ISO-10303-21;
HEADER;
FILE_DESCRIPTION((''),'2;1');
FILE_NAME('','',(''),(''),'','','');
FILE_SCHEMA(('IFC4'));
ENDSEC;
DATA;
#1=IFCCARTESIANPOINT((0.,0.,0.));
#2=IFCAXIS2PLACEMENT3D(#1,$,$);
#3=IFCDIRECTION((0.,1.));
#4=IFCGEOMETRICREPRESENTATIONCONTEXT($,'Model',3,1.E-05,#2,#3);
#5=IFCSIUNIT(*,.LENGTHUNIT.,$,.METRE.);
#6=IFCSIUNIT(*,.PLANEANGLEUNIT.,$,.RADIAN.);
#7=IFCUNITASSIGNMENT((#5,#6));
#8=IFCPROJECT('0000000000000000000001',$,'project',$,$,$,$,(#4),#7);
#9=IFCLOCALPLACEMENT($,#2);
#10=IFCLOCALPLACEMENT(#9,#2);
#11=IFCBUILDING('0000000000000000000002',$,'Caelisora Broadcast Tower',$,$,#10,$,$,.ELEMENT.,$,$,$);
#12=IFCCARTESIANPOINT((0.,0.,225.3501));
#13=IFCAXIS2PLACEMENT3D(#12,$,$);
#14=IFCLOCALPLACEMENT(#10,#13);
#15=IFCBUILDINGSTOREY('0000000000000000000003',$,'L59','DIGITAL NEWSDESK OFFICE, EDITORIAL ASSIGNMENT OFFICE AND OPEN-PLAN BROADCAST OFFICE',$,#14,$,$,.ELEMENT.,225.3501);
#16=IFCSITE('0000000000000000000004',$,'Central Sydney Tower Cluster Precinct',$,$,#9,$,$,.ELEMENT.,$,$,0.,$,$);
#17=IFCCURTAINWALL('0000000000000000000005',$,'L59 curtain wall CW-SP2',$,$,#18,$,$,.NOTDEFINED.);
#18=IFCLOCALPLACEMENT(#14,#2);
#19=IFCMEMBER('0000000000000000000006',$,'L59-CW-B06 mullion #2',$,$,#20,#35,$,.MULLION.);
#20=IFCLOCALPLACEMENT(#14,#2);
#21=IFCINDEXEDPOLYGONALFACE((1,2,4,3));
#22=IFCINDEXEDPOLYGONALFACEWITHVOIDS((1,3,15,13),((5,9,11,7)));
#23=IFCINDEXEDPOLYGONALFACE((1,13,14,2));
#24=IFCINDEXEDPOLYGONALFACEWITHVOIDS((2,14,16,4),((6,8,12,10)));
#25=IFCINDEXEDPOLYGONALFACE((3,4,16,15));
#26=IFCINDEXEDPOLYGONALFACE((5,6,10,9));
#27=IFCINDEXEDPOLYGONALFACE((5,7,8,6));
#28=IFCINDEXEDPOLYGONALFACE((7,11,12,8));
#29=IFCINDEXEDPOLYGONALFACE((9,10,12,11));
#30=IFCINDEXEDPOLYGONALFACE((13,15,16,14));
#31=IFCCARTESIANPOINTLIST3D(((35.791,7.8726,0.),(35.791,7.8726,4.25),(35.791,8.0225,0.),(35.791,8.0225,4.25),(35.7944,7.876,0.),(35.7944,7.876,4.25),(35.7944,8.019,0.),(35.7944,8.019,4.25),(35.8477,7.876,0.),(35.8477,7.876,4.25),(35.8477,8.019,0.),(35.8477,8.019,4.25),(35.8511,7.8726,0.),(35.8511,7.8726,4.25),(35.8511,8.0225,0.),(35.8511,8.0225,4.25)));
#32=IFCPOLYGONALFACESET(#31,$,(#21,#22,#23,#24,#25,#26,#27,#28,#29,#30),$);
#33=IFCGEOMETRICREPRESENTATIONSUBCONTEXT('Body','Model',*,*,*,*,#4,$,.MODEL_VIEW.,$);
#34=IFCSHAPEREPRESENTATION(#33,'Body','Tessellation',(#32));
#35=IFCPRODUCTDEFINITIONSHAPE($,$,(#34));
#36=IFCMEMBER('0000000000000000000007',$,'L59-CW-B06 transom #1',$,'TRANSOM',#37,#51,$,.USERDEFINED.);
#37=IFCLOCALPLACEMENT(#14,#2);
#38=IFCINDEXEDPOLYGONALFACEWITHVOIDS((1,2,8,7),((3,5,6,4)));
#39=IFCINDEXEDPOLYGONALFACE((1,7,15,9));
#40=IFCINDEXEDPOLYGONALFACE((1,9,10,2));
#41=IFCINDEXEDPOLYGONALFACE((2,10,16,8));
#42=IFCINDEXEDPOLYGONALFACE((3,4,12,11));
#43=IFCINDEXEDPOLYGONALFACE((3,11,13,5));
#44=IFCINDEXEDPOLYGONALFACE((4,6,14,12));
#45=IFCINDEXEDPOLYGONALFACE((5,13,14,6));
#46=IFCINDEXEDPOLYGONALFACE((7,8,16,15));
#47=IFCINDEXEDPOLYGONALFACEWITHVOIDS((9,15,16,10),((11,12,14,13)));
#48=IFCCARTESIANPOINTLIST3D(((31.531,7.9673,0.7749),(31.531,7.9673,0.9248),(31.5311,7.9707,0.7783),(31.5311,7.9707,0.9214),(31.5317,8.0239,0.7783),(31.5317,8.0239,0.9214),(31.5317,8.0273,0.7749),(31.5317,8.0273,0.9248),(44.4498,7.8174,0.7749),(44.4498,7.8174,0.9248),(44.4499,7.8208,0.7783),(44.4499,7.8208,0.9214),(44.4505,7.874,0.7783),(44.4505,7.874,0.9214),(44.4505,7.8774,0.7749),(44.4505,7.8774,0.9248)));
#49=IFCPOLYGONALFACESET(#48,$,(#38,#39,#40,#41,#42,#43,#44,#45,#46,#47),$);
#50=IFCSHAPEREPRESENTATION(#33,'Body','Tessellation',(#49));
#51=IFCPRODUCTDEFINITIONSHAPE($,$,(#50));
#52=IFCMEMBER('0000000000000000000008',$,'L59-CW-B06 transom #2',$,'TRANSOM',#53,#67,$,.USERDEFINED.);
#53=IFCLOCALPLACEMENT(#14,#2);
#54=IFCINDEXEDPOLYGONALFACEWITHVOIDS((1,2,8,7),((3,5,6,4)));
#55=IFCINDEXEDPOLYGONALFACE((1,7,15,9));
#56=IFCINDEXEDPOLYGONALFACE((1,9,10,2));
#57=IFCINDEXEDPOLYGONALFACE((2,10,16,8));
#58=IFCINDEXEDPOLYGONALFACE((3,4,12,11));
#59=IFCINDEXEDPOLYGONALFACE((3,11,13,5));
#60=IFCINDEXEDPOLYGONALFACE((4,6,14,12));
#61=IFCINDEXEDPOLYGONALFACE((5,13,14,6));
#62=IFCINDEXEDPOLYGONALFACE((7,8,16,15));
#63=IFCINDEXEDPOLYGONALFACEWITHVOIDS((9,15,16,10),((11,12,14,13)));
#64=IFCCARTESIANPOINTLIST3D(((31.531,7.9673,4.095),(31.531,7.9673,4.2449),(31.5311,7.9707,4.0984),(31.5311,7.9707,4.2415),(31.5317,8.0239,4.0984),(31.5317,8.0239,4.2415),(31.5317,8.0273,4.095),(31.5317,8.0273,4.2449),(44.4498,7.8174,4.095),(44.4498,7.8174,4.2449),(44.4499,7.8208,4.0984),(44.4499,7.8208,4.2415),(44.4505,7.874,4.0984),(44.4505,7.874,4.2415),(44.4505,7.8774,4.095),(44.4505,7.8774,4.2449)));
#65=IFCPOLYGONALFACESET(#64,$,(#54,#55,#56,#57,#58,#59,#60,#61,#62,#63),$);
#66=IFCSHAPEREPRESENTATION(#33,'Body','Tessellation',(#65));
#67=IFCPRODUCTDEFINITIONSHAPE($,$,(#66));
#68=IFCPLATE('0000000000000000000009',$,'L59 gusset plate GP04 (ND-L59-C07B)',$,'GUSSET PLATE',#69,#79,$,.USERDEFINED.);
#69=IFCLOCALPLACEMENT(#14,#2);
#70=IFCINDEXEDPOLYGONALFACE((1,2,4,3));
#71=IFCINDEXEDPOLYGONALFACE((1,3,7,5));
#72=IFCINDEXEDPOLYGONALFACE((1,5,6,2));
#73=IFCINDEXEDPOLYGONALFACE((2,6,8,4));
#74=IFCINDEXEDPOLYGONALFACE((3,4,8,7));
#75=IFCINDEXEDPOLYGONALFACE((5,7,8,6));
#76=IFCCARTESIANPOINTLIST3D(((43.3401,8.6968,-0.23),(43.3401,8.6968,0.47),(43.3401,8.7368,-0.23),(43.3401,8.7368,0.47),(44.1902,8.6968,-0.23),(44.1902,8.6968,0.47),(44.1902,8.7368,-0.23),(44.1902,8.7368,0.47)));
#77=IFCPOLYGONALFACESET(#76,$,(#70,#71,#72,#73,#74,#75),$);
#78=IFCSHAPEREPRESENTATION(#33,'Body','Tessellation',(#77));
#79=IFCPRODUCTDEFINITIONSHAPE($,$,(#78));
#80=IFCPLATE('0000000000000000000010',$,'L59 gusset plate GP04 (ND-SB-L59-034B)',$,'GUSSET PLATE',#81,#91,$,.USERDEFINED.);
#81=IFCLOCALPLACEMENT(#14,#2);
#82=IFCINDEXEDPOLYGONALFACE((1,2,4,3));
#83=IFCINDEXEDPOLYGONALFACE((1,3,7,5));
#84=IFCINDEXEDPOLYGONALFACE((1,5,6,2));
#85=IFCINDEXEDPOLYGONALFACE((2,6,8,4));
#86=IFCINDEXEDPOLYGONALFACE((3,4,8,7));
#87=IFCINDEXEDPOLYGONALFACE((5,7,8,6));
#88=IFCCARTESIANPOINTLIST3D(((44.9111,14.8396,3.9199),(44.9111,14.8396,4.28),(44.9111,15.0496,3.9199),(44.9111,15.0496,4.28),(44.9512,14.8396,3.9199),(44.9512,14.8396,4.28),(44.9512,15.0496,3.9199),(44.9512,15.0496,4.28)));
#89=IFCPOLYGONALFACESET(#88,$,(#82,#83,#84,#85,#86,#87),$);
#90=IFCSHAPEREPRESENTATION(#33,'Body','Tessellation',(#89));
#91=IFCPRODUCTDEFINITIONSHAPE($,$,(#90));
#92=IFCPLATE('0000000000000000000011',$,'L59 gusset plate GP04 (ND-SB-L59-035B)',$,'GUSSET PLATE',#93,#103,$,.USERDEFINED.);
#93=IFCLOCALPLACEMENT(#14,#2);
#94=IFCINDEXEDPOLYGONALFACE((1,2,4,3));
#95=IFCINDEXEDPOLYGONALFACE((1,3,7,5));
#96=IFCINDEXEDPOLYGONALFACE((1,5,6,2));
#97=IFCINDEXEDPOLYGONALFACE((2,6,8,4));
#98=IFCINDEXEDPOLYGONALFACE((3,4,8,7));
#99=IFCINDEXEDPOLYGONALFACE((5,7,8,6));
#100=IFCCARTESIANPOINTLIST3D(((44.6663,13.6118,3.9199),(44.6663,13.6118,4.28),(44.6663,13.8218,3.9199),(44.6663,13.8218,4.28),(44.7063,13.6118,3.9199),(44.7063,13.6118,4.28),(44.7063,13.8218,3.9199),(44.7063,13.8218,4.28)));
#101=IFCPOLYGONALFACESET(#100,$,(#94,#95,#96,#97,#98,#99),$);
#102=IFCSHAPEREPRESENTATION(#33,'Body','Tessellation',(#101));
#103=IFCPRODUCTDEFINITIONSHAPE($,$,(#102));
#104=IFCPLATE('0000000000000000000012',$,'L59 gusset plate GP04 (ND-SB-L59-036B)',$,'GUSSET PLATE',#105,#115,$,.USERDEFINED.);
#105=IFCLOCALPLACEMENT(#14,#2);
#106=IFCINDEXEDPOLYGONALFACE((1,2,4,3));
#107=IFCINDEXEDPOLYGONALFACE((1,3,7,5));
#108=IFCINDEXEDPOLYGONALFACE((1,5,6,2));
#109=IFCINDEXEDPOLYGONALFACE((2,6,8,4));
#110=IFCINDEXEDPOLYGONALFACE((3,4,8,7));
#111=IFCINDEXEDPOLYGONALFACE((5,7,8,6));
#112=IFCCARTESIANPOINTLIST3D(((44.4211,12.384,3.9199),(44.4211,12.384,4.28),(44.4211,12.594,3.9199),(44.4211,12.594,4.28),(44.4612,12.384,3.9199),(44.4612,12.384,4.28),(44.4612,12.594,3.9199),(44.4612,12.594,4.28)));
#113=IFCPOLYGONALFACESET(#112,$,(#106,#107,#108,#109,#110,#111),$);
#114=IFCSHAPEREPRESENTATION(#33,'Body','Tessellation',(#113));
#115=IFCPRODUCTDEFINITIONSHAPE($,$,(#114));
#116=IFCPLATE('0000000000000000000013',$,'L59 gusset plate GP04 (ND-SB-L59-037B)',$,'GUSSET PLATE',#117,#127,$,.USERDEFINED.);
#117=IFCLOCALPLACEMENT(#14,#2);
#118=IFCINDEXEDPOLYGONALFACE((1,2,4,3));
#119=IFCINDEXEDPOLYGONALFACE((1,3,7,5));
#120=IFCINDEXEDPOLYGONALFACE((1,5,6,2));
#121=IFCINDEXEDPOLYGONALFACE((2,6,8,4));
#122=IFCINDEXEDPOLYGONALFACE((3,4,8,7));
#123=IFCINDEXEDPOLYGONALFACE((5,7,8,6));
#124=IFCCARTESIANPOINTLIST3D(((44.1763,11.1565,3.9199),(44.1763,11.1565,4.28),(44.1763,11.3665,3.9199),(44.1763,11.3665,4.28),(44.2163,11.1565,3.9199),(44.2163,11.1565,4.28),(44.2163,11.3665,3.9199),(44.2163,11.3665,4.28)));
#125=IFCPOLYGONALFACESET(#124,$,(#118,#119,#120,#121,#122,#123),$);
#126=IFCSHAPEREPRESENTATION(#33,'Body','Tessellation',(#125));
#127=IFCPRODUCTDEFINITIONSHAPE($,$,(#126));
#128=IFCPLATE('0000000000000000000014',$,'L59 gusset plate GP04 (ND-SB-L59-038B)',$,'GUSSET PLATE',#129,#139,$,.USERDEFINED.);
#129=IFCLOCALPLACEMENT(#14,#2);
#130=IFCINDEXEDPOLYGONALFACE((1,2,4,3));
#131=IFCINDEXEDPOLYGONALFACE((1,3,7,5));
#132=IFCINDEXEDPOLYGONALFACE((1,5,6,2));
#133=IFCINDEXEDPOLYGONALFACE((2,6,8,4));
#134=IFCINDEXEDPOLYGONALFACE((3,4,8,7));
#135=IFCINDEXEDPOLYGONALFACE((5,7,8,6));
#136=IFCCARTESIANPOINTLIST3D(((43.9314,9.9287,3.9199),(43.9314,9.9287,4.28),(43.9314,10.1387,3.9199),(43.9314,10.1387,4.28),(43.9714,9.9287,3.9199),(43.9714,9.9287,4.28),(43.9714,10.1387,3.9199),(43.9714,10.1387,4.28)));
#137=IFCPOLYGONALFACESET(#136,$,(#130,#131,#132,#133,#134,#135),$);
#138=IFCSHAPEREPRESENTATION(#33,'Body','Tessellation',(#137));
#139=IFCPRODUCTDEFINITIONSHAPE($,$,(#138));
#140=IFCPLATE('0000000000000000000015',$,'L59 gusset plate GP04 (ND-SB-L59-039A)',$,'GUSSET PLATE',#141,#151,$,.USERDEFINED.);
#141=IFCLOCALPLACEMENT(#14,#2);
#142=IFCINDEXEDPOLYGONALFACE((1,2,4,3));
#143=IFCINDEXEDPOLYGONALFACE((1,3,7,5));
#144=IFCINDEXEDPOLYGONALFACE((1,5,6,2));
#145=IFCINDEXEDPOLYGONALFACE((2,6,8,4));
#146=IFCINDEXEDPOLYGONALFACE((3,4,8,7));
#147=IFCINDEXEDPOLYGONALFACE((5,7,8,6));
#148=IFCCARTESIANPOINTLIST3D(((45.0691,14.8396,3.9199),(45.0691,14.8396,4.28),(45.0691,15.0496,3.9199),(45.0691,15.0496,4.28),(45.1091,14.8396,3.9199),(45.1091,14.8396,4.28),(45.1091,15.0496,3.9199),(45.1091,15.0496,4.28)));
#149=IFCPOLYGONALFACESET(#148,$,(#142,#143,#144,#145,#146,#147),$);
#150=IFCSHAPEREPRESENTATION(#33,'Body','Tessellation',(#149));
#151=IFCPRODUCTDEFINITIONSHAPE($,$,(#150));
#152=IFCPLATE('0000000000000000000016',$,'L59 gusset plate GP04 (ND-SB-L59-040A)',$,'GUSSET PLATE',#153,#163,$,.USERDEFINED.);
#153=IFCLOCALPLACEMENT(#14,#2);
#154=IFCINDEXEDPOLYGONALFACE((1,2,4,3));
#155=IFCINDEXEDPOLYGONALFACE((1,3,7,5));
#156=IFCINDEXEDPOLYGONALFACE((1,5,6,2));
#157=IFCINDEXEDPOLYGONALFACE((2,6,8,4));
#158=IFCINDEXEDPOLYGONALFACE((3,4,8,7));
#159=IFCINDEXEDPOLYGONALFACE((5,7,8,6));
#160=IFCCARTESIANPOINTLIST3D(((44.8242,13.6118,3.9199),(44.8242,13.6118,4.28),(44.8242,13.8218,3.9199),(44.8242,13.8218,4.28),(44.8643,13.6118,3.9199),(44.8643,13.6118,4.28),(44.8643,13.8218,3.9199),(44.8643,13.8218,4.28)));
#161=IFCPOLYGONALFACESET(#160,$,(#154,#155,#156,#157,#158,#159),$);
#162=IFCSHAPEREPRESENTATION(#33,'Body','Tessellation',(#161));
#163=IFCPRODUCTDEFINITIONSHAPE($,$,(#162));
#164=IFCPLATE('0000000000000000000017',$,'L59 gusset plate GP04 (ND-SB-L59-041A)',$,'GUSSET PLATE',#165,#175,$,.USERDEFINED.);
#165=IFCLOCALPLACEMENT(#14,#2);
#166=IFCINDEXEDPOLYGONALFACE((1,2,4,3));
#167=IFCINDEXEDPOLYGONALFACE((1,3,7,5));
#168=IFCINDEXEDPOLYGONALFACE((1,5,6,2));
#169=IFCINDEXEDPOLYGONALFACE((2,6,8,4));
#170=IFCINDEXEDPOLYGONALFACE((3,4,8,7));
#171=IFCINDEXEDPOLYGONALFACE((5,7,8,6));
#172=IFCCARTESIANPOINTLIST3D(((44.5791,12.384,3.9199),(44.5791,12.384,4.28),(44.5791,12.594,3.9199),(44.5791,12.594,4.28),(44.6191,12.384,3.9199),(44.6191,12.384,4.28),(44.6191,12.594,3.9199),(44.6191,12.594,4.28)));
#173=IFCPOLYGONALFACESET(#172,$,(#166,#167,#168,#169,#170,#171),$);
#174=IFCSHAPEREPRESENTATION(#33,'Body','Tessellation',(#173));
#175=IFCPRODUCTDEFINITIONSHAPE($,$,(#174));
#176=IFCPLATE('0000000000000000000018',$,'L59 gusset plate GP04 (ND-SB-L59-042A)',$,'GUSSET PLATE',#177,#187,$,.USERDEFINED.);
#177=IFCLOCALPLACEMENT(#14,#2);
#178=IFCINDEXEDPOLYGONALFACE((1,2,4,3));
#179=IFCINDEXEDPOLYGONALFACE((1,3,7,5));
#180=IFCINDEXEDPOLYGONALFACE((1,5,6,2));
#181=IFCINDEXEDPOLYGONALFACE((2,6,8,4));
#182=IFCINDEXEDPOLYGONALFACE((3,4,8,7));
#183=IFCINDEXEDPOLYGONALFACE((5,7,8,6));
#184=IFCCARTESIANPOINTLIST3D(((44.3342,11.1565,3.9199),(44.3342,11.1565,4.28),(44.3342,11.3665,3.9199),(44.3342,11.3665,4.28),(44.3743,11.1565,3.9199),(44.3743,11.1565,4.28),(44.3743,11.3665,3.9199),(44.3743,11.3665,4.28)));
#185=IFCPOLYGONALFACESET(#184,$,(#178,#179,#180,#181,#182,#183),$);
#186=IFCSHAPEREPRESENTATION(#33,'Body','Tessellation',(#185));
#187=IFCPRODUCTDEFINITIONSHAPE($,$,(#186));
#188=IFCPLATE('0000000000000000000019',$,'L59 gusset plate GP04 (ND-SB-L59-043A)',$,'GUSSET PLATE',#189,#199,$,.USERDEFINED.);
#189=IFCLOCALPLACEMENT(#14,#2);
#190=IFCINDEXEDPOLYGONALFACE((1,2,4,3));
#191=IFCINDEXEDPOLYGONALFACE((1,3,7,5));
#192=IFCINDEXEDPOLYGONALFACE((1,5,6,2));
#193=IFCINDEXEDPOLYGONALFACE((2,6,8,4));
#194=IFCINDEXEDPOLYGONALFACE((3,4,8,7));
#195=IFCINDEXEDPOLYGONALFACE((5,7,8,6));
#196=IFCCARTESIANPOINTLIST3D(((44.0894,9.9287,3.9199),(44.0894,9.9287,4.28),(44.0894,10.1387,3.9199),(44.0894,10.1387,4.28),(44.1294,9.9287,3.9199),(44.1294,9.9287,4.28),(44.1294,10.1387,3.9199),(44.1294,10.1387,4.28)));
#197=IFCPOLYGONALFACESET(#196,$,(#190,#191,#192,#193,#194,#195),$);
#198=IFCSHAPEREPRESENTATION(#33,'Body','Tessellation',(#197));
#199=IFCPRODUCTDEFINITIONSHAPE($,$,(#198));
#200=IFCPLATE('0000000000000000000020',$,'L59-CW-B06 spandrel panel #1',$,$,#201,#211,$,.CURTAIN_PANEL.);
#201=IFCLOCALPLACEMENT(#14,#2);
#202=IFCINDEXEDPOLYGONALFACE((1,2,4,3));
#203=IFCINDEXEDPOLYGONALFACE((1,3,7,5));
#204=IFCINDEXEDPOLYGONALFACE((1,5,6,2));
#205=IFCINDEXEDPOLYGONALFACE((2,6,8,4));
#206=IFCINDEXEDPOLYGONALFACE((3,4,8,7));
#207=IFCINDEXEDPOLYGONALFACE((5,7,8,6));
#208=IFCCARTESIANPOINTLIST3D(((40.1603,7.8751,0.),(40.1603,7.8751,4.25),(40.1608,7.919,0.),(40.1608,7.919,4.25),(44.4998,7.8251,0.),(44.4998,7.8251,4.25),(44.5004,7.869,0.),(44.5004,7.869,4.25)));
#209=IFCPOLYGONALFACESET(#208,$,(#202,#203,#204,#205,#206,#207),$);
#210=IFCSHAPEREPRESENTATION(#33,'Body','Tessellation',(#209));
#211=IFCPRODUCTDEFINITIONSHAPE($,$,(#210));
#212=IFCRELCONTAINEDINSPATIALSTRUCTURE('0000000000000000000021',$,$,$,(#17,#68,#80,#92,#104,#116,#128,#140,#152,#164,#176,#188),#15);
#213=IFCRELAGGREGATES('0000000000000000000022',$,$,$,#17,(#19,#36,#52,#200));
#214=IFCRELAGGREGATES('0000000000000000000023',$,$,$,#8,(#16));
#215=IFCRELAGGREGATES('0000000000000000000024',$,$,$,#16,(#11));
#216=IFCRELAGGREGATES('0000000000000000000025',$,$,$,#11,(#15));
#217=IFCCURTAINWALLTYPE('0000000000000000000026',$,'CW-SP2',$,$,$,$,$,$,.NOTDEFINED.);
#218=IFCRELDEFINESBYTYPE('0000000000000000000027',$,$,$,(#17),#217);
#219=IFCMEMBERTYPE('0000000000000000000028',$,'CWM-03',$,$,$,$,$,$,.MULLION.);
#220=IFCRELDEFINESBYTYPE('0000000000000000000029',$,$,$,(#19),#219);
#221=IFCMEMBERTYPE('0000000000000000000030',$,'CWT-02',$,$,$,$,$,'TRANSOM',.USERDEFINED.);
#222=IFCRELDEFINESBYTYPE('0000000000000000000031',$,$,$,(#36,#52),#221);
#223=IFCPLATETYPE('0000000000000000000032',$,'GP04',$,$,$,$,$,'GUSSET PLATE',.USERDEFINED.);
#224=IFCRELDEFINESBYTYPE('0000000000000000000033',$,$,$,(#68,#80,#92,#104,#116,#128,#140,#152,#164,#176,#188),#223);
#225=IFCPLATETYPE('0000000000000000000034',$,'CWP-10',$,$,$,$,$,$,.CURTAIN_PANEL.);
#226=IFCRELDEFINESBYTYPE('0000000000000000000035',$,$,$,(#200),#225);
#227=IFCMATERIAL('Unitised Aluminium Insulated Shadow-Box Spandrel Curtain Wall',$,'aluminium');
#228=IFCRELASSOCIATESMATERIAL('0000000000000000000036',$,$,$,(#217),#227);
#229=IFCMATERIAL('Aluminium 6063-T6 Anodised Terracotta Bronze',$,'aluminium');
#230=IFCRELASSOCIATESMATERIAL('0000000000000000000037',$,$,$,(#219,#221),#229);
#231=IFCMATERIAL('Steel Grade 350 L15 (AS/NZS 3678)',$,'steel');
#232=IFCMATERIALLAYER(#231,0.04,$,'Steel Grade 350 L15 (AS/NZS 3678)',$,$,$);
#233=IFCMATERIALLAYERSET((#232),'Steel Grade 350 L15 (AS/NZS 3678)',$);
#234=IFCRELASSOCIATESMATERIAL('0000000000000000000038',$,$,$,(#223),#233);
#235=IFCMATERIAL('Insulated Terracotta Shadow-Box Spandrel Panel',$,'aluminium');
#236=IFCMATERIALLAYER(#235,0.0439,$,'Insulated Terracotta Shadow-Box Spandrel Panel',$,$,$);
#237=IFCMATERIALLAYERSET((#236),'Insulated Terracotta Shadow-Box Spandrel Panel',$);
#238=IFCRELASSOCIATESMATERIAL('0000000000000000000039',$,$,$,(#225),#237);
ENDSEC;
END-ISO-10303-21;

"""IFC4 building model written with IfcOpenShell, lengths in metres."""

from ifc_helpers import new_model, si_unit, direction, frame, origin, origin_2d, place, context, subcontext, project, spatial, rectangle, hollow_rectangle, extrude, source, transform, mapped, material, layer, layer_set, material_profile, profile_set, type_object, type_shapes, element, aggregate, save


model = new_model("IFC4")

# Units and contexts
model_context = context("Model", 3, precision=1e-05, world=origin(), true_north=direction((0.0, 1.0)))
body_context = subcontext(model_context, "Body", "Model", "MODEL_VIEW")
ifc_project = project(units=[si_unit("LENGTHUNIT", "METRE"), si_unit("PLANEANGLEUNIT", "RADIAN")], contexts=[model_context])

# Site, building, storey
site_placement = place(None, origin())
site = spatial("IfcSite", under=ifc_project, at=site_placement, Name="Central Sydney Tower Cluster Precinct", CompositionType="ELEMENT", RefElevation=0.0)
building_placement = place(site_placement, origin())
building = spatial("IfcBuilding", under=site, at=building_placement, Name="Caelisora Broadcast Tower", CompositionType="ELEMENT")
storey_placement = place(building_placement, frame((0.0, 0.0, 225.3501)))
storey = spatial("IfcBuildingStorey", under=building, at=storey_placement, Name="L59", Description="DIGITAL NEWSDESK OFFICE, EDITORIAL ASSIGNMENT OFFICE AND OPEN-PLAN BROADCAST OFFICE", CompositionType="ELEMENT", Elevation=225.3501)

# Shared definitions
ifc_material_1 = material(Name="Steel Grade 350 L15 (AS/NZS 3678)", Category="steel")

# Shared definitions
ifc_material_2 = material(Name="Aluminium 6063-T6 Anodised Terracotta Bronze", Category="aluminium")

# Curtain wall, members
ifc_material_3 = material(Name="Unitised Aluminium Insulated Shadow-Box Spandrel Curtain Wall", Category="aluminium")
curtain_wall_type_1 = type_object("IfcCurtainWallType", Name="CW-SP2", PredefinedType="NOTDEFINED", material=ifc_material_3)
curtain_wall_1_placement = place(storey_placement, origin())
curtain_wall_1 = element("IfcCurtainWall", 1, at=curtain_wall_1_placement, inside=storey, type_object=curtain_wall_type_1, Name="L59 curtain wall CW-SP2", PredefinedType="NOTDEFINED")
ifc_material_profile_1 = material_profile(ifc_material_2, hollow_rectangle(XDim=0.0601, YDim=0.1499, WallThickness=0.0034, at=origin_2d()), Name="Aluminium 6063-T6 Anodised Terracotta Bronze")
ifc_profile_set_1 = profile_set([ifc_material_profile_1], Name="Aluminium 6063-T6 Anodised Terracotta Bronze")
member_type_1 = type_object("IfcMemberType", Name="CWM-03", PredefinedType="MULLION", material=ifc_profile_set_1)
shared_shape_1 = source(origin(), body_context, "Body", "SweptSolid", [
    extrude(hollow_rectangle(XDim=0.0601, YDim=0.1499, WallThickness=0.0034, at=origin_2d()), origin(), (0.0, 0.0, 1.0), 4.25),
])
type_shapes(member_type_1, [shared_shape_1])
member_1_placement = place(storey_placement, frame((35.821, 7.9475, 0.0), z_axis=(0.0, 0.0, 1.0), x_axis=(1.0, 0.0, 0.0)))
member_1 = element("IfcMember", 2, at=member_1_placement, type_object=member_type_1, Name="L59-CW-B06 mullion #2", PredefinedType="MULLION", context=body_context, shape_type="MappedRepresentation", body=[
    mapped(shared_shape_1, transform((0.0, 0.0, 0.0), scale=1.0)),
])
ifc_material_profile_2 = material_profile(ifc_material_2, hollow_rectangle(XDim=0.0601, YDim=0.1499, WallThickness=0.0034, at=origin_2d()), Name="Aluminium 6063-T6 Anodised Terracotta Bronze")
ifc_profile_set_2 = profile_set([ifc_material_profile_2], Name="Aluminium 6063-T6 Anodised Terracotta Bronze")
member_type_2 = type_object("IfcMemberType", Name="CWT-02", ElementType="TRANSOM", PredefinedType="USERDEFINED", material=ifc_profile_set_2)
shared_shape_2 = source(origin(), body_context, "Body", "SweptSolid", [
    extrude(hollow_rectangle(XDim=0.0601, YDim=0.1499, WallThickness=0.0034, at=origin_2d()), origin(), (0.0, 0.0, 1.0), 12.9197),
])
type_shapes(member_type_2, [shared_shape_2])
member_2_placement = place(storey_placement, frame((44.4502, 7.8474, 0.8499), z_axis=(-0.999933, 0.011603, 0.0), x_axis=(-0.011603, -0.999933, 0.0)))
member_2 = element("IfcMember", 3, at=member_2_placement, type_object=member_type_2, Name="L59-CW-B06 transom #1", ObjectType="TRANSOM", PredefinedType="USERDEFINED", context=body_context, shape_type="MappedRepresentation", body=[
    mapped(shared_shape_2, transform((0.0, 0.0, 0.0), scale=1.0)),
])
member_3_placement = place(storey_placement, frame((44.4502, 7.8474, 4.1699), z_axis=(-0.999933, 0.011603, 0.0), x_axis=(-0.011603, -0.999933, 0.0)))
member_3 = element("IfcMember", 4, at=member_3_placement, type_object=member_type_2, Name="L59-CW-B06 transom #2", ObjectType="TRANSOM", PredefinedType="USERDEFINED", context=body_context, shape_type="MappedRepresentation", body=[
    mapped(shared_shape_2, transform((0.0, 0.0, 0.0), scale=1.0)),
])

# Plates
ifc_layer_1 = layer(ifc_material_1, 0.04, Name="Steel Grade 350 L15 (AS/NZS 3678)")
ifc_layer_set_1 = layer_set([ifc_layer_1], Name="Steel Grade 350 L15 (AS/NZS 3678)")
plate_type_1 = type_object("IfcPlateType", Name="GP04", ElementType="GUSSET PLATE", PredefinedType="USERDEFINED", material=ifc_layer_set_1)
shared_shape_3 = source(origin(), body_context, "Body", "SweptSolid", [
    extrude(rectangle(XDim=0.8501, YDim=0.04, at=origin_2d()), origin(), (0.0, 0.0, 1.0), 0.7),
])
plate_1_placement = place(storey_placement, frame((43.7651, 8.7168, -0.23), z_axis=(0.0, 0.0, 1.0), x_axis=(1.0, 0.0, 0.0)))
element("IfcPlate", 5, at=plate_1_placement, inside=storey, type_object=plate_type_1, Name="L59 gusset plate GP04 (ND-L59-C07B)", ObjectType="GUSSET PLATE", PredefinedType="USERDEFINED", context=body_context, shape_type="MappedRepresentation", body=[
    mapped(shared_shape_3, transform((0.0, 0.0, 0.0), scale=1.0)),
])
shared_shape_4 = source(origin(), body_context, "Body", "SweptSolid", [
    extrude(rectangle(XDim=0.21, YDim=0.04, at=origin_2d()), origin(), (0.0, 0.0, 1.0), 0.3601),
])
type_shapes(plate_type_1, [shared_shape_3, shared_shape_4])
for number, where, z_axis, x_axis, name in (
    (6, (44.9312, 14.9446, 3.9199), (0.0, 0.0, 1.0), (0.0, 1.0, 0.0), "L59 gusset plate GP04 (ND-SB-L59-034B)"),
    (7, (44.6863, 13.7168, 3.9199), (0.0, 0.0, 1.0), (0.0, 1.0, 0.0), "L59 gusset plate GP04 (ND-SB-L59-035B)"),
    (8, (44.4412, 12.489, 3.9199), (0.0, 0.0, 1.0), (0.0, 1.0, 0.0), "L59 gusset plate GP04 (ND-SB-L59-036B)"),
    (9, (44.1963, 11.2615, 3.9199), (0.0, 0.0, 1.0), (0.0, 1.0, 0.0), "L59 gusset plate GP04 (ND-SB-L59-037B)"),
    (10, (43.9514, 10.0337, 3.9199), (0.0, 0.0, 1.0), (0.0, 1.0, 0.0), "L59 gusset plate GP04 (ND-SB-L59-038B)"),
    (11, (45.0891, 14.9446, 3.9199), (0.0, 0.0, 1.0), (0.0, 1.0, 0.0), "L59 gusset plate GP04 (ND-SB-L59-039A)"),
    (12, (44.8442, 13.7168, 3.9199), (0.0, 0.0, 1.0), (0.0, 1.0, 0.0), "L59 gusset plate GP04 (ND-SB-L59-040A)"),
    (13, (44.5991, 12.489, 3.9199), (0.0, 0.0, 1.0), (0.0, 1.0, 0.0), "L59 gusset plate GP04 (ND-SB-L59-041A)"),
    (14, (44.3542, 11.2615, 3.9199), (0.0, 0.0, 1.0), (0.0, 1.0, 0.0), "L59 gusset plate GP04 (ND-SB-L59-042A)"),
    (15, (44.1094, 10.0337, 3.9199), (0.0, 0.0, 1.0), (0.0, 1.0, 0.0), "L59 gusset plate GP04 (ND-SB-L59-043A)"),
):
    element("IfcPlate", number, at=place(storey_placement, frame(where, z_axis=z_axis, x_axis=x_axis)), inside=storey, type_object=plate_type_1, Name=name, ObjectType="GUSSET PLATE", PredefinedType="USERDEFINED", context=body_context, shape_type="MappedRepresentation", body=[
        mapped(shared_shape_4, transform((0.0, 0.0, 0.0), scale=1.0)),
    ])

# Plate
ifc_material_4 = material(Name="Insulated Terracotta Shadow-Box Spandrel Panel", Category="aluminium")
ifc_layer_2 = layer(ifc_material_4, 0.0439, Name="Insulated Terracotta Shadow-Box Spandrel Panel")
ifc_layer_set_2 = layer_set([ifc_layer_2], Name="Insulated Terracotta Shadow-Box Spandrel Panel")
plate_type_2 = type_object("IfcPlateType", Name="CWP-10", PredefinedType="CURTAIN_PANEL", material=ifc_layer_set_2)
shared_shape_5 = source(origin(), body_context, "Body", "SweptSolid", [
    extrude(rectangle(XDim=4.3398, YDim=0.0439, at=origin_2d()), origin(), (0.0, 0.0, 1.0), 4.25),
])
type_shapes(plate_type_2, [shared_shape_5])
plate_2_placement = place(storey_placement, frame((42.3303, 7.8721, 0.0), z_axis=(0.0, 0.0, 1.0), x_axis=(-0.999934, 0.011519, 0.0)))
plate_2 = element("IfcPlate", 16, at=plate_2_placement, type_object=plate_type_2, Name="L59-CW-B06 spandrel panel #1", PredefinedType="CURTAIN_PANEL", context=body_context, shape_type="MappedRepresentation", body=[
    mapped(shared_shape_5, transform((0.0, 0.0, 0.0), scale=1.0)),
])
aggregate(curtain_wall_1, [member_1, member_2, member_3, plate_2])

save(model, "model.ifc")
